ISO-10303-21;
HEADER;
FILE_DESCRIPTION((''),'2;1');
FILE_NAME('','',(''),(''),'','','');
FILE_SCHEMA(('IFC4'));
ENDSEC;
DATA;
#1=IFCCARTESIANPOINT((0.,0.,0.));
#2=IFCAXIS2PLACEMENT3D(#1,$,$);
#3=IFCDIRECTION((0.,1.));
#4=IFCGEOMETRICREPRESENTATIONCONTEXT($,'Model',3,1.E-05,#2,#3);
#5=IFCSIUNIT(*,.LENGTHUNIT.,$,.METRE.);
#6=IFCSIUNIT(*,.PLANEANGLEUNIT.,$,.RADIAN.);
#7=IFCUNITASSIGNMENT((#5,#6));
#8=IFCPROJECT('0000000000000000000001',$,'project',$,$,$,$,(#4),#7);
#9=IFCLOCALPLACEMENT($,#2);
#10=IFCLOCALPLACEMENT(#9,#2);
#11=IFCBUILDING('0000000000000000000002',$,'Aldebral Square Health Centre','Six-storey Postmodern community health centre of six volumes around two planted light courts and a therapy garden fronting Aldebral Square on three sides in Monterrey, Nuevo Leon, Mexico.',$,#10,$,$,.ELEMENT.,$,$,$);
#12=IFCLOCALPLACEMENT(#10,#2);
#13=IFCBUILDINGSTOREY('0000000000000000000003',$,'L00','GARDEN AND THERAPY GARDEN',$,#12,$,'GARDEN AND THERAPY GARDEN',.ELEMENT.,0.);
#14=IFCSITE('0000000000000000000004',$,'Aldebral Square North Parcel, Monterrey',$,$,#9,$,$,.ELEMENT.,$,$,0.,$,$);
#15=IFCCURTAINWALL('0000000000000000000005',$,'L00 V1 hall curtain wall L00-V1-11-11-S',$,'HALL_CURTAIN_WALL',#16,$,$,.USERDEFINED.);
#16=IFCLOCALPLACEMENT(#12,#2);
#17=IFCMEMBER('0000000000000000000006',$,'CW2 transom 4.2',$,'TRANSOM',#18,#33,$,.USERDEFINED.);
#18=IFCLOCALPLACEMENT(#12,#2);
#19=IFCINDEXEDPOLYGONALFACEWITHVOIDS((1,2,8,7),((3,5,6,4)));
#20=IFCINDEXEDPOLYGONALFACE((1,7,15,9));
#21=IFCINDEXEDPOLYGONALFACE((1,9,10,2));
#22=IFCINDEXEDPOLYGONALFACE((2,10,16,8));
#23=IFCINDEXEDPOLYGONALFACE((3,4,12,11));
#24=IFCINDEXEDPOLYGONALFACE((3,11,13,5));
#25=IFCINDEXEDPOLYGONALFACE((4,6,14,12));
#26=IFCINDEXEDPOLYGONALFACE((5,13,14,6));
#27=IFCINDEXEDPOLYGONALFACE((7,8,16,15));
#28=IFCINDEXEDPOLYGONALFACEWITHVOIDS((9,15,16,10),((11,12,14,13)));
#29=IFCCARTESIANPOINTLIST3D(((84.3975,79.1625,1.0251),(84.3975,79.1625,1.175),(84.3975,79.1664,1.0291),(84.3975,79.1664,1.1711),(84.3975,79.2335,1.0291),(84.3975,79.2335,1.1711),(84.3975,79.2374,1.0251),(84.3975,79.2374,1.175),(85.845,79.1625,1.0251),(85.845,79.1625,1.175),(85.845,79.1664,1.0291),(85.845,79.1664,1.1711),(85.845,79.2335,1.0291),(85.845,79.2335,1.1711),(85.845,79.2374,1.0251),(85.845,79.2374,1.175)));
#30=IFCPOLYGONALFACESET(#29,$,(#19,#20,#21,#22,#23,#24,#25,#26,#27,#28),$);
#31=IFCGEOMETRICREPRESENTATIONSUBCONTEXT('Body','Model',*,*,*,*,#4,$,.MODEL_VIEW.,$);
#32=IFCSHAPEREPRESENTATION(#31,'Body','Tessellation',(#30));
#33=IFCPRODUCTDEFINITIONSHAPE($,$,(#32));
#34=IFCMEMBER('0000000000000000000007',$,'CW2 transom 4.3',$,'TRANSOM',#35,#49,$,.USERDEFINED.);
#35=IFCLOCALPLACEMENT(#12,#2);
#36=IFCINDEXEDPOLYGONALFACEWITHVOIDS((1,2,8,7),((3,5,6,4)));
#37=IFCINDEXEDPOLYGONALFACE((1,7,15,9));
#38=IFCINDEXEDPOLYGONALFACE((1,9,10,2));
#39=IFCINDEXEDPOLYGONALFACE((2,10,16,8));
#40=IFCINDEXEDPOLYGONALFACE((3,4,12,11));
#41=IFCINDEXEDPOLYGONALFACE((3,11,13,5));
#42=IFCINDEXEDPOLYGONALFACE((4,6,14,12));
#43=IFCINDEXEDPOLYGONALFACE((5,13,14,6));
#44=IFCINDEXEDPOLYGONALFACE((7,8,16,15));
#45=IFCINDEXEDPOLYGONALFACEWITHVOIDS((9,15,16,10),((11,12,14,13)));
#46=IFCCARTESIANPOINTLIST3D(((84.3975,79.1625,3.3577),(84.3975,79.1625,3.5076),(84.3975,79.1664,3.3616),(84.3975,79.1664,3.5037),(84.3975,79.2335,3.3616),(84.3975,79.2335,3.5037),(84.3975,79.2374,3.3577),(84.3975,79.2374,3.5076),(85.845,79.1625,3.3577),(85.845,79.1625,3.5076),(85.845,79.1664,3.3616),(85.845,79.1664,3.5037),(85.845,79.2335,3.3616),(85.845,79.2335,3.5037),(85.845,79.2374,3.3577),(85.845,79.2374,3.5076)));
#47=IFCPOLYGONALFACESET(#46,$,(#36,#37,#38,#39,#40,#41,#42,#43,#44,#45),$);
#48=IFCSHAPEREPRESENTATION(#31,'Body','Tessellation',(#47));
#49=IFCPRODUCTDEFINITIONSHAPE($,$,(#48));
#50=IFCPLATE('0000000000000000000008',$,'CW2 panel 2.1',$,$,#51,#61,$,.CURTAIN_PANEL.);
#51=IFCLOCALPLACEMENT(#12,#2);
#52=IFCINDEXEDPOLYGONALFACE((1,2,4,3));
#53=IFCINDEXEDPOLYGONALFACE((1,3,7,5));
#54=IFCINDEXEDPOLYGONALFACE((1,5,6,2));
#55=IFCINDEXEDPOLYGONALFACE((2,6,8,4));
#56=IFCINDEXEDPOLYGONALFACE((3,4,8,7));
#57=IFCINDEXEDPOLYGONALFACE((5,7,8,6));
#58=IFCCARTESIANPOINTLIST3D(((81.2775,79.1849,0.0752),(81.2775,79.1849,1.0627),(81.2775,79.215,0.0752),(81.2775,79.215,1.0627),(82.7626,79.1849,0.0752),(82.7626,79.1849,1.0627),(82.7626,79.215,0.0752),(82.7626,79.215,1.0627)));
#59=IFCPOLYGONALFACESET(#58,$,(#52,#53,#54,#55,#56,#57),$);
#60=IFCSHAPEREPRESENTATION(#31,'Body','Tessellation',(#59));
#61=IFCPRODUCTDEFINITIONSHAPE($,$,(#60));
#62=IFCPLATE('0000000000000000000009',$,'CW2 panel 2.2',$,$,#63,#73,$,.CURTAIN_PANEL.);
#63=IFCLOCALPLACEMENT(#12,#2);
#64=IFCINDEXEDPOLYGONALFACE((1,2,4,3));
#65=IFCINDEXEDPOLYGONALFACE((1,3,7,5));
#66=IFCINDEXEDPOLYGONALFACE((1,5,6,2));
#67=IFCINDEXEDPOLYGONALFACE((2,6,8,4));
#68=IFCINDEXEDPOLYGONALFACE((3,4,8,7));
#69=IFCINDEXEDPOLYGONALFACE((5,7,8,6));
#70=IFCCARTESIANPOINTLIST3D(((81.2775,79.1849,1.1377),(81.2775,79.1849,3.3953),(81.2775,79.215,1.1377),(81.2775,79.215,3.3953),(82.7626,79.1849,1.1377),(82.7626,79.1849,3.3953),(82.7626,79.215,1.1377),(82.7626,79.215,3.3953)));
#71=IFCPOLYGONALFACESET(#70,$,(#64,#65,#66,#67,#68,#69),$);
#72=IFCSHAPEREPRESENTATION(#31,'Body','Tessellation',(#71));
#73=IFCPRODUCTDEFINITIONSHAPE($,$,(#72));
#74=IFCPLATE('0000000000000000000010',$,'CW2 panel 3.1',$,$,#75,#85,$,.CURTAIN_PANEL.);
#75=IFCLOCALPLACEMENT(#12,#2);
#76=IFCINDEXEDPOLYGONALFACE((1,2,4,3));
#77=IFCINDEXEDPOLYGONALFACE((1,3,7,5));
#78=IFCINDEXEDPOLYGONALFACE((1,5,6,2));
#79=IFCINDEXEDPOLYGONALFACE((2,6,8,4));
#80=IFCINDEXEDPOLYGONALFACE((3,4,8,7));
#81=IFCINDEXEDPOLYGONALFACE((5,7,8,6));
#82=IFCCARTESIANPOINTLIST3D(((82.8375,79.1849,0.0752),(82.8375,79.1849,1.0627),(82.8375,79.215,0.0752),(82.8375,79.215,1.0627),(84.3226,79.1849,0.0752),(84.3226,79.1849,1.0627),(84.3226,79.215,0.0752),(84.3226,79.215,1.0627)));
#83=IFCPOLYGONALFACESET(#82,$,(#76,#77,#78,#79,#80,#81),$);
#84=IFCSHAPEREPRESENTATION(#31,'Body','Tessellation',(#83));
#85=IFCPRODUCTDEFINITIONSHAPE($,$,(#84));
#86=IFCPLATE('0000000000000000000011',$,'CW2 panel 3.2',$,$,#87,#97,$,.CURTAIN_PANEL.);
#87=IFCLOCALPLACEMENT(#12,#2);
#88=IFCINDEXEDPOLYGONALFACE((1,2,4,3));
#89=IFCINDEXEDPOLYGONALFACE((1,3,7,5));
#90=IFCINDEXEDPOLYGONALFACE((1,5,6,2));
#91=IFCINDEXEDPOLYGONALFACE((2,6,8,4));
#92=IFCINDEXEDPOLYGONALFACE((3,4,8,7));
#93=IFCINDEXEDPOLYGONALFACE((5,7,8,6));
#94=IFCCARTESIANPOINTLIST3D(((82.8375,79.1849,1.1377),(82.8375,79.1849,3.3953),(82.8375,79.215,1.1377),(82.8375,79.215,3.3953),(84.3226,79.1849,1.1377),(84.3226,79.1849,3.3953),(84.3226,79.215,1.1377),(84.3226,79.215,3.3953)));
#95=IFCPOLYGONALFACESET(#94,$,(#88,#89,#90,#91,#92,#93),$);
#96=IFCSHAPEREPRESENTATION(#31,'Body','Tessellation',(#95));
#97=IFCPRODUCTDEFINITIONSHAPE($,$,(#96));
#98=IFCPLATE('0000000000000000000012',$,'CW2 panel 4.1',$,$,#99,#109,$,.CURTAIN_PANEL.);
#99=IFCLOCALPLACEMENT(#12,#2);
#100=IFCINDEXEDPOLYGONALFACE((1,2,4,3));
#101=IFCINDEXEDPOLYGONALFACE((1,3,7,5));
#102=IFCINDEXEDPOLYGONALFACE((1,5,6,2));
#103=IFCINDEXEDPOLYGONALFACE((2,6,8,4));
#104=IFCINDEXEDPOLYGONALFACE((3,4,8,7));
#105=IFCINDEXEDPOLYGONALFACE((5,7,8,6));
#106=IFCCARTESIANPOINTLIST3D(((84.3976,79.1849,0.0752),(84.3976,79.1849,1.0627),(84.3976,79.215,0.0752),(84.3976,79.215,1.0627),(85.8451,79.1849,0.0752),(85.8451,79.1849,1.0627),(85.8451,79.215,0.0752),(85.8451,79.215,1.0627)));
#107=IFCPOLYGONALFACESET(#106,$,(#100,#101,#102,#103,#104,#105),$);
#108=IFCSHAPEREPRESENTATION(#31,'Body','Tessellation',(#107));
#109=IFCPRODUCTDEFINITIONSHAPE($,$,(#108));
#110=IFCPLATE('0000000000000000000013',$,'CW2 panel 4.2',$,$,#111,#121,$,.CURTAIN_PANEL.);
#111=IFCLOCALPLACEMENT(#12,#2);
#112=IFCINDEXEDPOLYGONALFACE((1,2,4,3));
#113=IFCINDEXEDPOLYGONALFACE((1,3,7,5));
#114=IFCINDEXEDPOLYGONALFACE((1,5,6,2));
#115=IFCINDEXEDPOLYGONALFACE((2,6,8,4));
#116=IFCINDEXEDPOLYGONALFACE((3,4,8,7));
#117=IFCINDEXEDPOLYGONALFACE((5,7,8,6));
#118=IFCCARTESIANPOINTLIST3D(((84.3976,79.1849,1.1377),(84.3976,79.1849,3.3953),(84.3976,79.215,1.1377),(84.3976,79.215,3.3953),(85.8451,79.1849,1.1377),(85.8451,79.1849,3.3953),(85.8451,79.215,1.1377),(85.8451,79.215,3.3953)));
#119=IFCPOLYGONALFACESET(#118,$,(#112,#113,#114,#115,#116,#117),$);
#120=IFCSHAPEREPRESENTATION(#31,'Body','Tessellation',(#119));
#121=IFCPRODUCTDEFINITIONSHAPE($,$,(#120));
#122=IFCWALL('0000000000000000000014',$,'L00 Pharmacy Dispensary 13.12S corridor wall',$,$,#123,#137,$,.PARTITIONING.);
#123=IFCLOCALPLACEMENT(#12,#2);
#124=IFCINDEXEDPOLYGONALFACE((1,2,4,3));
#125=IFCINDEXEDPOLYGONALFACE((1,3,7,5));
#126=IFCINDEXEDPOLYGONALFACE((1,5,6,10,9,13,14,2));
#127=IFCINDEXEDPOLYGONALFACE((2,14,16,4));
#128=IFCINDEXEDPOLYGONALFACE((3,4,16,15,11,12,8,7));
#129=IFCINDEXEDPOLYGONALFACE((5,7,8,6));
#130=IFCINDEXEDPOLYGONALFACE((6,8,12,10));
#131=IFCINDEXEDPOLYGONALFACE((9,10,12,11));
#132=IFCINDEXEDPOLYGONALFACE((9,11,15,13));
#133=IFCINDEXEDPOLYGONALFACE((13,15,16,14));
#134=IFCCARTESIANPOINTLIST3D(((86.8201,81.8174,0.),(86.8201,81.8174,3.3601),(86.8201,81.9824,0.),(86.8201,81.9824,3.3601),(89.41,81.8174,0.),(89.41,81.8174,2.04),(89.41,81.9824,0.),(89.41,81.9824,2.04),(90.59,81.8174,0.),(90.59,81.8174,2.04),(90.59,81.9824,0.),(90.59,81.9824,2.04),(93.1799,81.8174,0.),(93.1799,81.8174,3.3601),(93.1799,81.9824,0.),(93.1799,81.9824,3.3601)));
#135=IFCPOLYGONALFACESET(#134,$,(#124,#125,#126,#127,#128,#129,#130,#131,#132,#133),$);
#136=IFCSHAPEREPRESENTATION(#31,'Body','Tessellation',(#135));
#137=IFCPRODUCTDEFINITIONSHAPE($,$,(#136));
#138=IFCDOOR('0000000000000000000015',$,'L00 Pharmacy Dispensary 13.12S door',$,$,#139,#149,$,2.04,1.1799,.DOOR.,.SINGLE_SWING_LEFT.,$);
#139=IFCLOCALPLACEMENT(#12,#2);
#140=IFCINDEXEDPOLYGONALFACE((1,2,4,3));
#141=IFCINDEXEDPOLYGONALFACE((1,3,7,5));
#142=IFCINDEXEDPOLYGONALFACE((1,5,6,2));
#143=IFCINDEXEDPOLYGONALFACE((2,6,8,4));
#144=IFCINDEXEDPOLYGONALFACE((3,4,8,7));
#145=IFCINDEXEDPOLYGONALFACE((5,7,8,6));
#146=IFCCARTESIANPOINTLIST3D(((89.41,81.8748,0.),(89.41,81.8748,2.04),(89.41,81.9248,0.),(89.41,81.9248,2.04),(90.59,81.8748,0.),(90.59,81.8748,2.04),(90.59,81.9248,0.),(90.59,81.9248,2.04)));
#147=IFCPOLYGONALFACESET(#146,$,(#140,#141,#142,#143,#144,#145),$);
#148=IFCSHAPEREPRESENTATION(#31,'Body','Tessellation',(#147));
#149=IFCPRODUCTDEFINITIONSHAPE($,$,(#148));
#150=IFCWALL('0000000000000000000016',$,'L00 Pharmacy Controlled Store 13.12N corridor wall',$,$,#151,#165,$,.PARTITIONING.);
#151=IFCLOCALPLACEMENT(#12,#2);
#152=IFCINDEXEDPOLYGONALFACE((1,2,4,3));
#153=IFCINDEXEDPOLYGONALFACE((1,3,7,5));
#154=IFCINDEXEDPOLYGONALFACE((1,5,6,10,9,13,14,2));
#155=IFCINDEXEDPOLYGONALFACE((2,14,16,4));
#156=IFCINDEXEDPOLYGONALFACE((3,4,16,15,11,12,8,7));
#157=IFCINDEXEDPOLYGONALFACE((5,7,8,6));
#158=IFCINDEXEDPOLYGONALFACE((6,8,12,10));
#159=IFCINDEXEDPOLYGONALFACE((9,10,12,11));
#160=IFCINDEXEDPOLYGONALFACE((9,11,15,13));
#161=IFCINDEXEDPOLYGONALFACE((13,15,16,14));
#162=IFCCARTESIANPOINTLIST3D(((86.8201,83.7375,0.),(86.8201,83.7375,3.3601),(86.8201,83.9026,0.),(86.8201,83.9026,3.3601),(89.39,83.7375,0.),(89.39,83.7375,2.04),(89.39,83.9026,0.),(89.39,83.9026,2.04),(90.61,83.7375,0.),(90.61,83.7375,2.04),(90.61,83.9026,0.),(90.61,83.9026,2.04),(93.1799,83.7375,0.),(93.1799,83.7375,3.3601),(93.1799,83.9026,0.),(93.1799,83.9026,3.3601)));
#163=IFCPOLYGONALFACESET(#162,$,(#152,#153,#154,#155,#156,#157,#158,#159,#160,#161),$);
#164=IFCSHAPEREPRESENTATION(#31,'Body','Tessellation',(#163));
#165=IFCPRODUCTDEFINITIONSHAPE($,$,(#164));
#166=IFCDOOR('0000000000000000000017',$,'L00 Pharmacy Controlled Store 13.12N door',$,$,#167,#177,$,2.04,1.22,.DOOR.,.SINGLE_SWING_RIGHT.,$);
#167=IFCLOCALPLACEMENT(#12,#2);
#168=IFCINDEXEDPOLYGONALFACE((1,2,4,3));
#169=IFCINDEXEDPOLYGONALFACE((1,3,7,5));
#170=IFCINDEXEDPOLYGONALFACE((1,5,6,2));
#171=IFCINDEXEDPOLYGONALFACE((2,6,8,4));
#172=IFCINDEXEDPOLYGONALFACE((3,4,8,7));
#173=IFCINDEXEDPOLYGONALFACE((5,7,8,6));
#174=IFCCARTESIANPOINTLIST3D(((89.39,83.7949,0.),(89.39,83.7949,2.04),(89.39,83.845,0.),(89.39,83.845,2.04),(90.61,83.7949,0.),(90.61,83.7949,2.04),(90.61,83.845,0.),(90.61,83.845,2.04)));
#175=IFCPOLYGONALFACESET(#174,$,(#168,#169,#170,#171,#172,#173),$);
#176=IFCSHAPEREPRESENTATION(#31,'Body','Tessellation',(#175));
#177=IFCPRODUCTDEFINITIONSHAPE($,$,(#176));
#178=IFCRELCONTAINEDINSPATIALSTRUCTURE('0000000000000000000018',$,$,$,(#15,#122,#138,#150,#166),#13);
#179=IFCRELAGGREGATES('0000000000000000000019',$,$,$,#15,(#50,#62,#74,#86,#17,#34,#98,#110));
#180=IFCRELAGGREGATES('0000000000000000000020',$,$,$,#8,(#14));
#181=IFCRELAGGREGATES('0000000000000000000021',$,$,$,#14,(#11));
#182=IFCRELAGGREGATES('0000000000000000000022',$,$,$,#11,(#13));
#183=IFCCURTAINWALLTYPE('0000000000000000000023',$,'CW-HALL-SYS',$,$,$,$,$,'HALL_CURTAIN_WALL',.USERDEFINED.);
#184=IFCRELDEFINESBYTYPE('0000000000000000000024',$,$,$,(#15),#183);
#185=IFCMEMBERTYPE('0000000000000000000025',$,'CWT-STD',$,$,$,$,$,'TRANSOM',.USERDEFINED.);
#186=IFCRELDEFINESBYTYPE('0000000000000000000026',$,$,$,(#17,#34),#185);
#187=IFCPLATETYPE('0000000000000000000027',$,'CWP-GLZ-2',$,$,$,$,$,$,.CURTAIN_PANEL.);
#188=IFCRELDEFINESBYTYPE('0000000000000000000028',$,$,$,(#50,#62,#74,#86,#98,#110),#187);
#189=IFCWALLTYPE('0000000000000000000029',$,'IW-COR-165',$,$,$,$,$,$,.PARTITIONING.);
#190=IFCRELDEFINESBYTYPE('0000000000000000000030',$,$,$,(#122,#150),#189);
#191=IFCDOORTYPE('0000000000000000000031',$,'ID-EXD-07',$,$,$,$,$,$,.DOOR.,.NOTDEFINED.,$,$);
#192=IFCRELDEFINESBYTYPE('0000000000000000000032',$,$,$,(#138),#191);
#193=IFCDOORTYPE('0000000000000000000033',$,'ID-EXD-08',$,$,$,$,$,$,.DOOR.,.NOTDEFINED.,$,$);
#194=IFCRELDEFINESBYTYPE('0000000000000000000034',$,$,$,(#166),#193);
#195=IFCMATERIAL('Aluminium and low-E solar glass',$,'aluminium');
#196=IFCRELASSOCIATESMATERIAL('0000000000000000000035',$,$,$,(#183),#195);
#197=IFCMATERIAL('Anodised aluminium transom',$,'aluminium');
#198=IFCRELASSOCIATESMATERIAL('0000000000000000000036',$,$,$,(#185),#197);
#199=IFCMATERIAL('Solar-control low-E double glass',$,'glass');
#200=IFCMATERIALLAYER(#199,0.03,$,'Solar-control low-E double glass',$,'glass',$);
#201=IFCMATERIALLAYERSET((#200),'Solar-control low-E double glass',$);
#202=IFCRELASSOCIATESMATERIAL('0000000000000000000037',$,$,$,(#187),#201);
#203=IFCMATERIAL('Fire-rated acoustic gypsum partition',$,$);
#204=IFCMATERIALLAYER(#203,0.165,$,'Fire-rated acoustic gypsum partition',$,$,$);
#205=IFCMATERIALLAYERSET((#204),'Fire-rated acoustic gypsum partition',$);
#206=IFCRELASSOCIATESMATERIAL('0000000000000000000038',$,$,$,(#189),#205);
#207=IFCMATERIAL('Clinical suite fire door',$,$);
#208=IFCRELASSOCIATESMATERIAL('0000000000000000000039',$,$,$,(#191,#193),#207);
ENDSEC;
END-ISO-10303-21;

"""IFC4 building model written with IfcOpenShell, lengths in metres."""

from ifc_helpers import new_model, si_unit, direction, frame, frame_2d, origin, origin_2d, place, context, subcontext, project, spatial, rectangle, hollow_rectangle, extrude, material, layer, layer_set, material_profile, profile_set, type_object, element, fill, aggregate, save


model = new_model("IFC4")

# Units and contexts
model_context = context("Model", 3, precision=1e-05, world=origin(), true_north=direction((0.0, 1.0)))
body_context = subcontext(model_context, "Body", "Model", "MODEL_VIEW")
ifc_project = project(units=[si_unit("LENGTHUNIT", "METRE"), si_unit("PLANEANGLEUNIT", "RADIAN")], contexts=[model_context])

# Site, building, storey
site_placement = place(None, origin())
site = spatial("IfcSite", under=ifc_project, at=site_placement, Name="Aldebral Square North Parcel, Monterrey", CompositionType="ELEMENT", RefElevation=0.0)
building_placement = place(site_placement, origin())
building = spatial("IfcBuilding", under=site, at=building_placement, Name="Aldebral Square Health Centre", Description="Six-storey Postmodern community health centre of six volumes around two planted light courts and a therapy garden fronting Aldebral Square on three sides in Monterrey, Nuevo Leon, Mexico.", CompositionType="ELEMENT")
storey_placement = place(building_placement, origin())
storey = spatial("IfcBuildingStorey", under=building, at=storey_placement, Name="L00", Description="GARDEN AND THERAPY GARDEN", LongName="GARDEN AND THERAPY GARDEN", CompositionType="ELEMENT", Elevation=0.0)

# Curtain wall
ifc_material_1 = material(Name="Aluminium and low-E solar glass", Category="aluminium")
curtain_wall_type = type_object("IfcCurtainWallType", Name="CW-HALL-SYS", ElementType="HALL_CURTAIN_WALL", PredefinedType="USERDEFINED", material=ifc_material_1)
curtain_wall_1_placement = place(storey_placement, origin())
curtain_wall_1 = element("IfcCurtainWall", 1, at=curtain_wall_1_placement, inside=storey, type_object=curtain_wall_type, Name="L00 V1 hall curtain wall L00-V1-11-11-S", ObjectType="HALL_CURTAIN_WALL", PredefinedType="USERDEFINED")

# Members
ifc_material_2 = material(Name="Anodised aluminium transom", Category="aluminium")
ifc_material_profile_1 = material_profile(ifc_material_2, hollow_rectangle(XDim=0.075, YDim=0.1499, WallThickness=0.0039, at=origin_2d()), Name="CWT 75x150x4")
ifc_profile_set_1 = profile_set([ifc_material_profile_1], Name="Anodised aluminium transom")
member_type_1 = type_object("IfcMemberType", Name="CWT-STD", ElementType="TRANSOM", PredefinedType="USERDEFINED", material=ifc_profile_set_1)
member_1_placement = place(storey_placement, frame((84.3975, 79.2, 1.1001), z_axis=(1.0, 0.0, 0.0), x_axis=(0.0, 1.0, 0.0)))
member_1 = element("IfcMember", 2, at=member_1_placement, type_object=member_type_1, Name="CW2 transom 4.2", ObjectType="TRANSOM", PredefinedType="USERDEFINED", context=body_context, shape_type="SweptSolid", body=[
    extrude(hollow_rectangle(XDim=0.075, YDim=0.1499, WallThickness=0.0039, at=origin_2d()), origin(), (0.0, 0.0, 1.0), 1.4475),
])
member_2_placement = place(storey_placement, frame((84.3975, 79.2, 3.4326), z_axis=(1.0, 0.0, 0.0), x_axis=(0.0, 1.0, 0.0)))
member_2 = element("IfcMember", 3, at=member_2_placement, type_object=member_type_1, Name="CW2 transom 4.3", ObjectType="TRANSOM", PredefinedType="USERDEFINED", context=body_context, shape_type="SweptSolid", body=[
    extrude(hollow_rectangle(XDim=0.075, YDim=0.1499, WallThickness=0.0039, at=origin_2d()), origin(), (0.0, 0.0, 1.0), 1.4475),
])

# Plates
ifc_material_3 = material(Name="Solar-control low-E double glass", Category="glass")
ifc_layer_1 = layer(ifc_material_3, 0.03, Name="Solar-control low-E double glass", Category="glass")
ifc_layer_set_1 = layer_set([ifc_layer_1], Name="Solar-control low-E double glass")
plate_type = type_object("IfcPlateType", Name="CWP-GLZ-2", PredefinedType="CURTAIN_PANEL", material=ifc_layer_set_1)
plate_1_placement = place(storey_placement, frame((82.02, 79.2, 0.0752), z_axis=(0.0, 0.0, 1.0), x_axis=(1.0, 0.0, 0.0)))
plate_1 = element("IfcPlate", 4, at=plate_1_placement, type_object=plate_type, Name="CW2 panel 2.1", PredefinedType="CURTAIN_PANEL", context=body_context, shape_type="SweptSolid", body=[
    extrude(rectangle(XDim=1.4851, YDim=0.03, at=origin_2d()), origin(), (0.0, 0.0, 1.0), 0.9875),
])
plate_2_placement = place(storey_placement, frame((82.02, 79.2, 1.1377), z_axis=(0.0, 0.0, 1.0), x_axis=(1.0, 0.0, 0.0)))
plate_2 = element("IfcPlate", 5, at=plate_2_placement, type_object=plate_type, Name="CW2 panel 2.2", PredefinedType="CURTAIN_PANEL", context=body_context, shape_type="SweptSolid", body=[
    extrude(rectangle(XDim=1.4851, YDim=0.03, at=origin_2d()), origin(), (0.0, 0.0, 1.0), 2.2576),
])
plate_3_placement = place(storey_placement, frame((83.5801, 79.2, 0.0752), z_axis=(0.0, 0.0, 1.0), x_axis=(1.0, 0.0, 0.0)))
plate_3 = element("IfcPlate", 6, at=plate_3_placement, type_object=plate_type, Name="CW2 panel 3.1", PredefinedType="CURTAIN_PANEL", context=body_context, shape_type="SweptSolid", body=[
    extrude(rectangle(XDim=1.4851, YDim=0.03, at=origin_2d()), origin(), (0.0, 0.0, 1.0), 0.9875),
])
plate_4_placement = place(storey_placement, frame((83.5801, 79.2, 1.1377), z_axis=(0.0, 0.0, 1.0), x_axis=(1.0, 0.0, 0.0)))
plate_4 = element("IfcPlate", 7, at=plate_4_placement, type_object=plate_type, Name="CW2 panel 3.2", PredefinedType="CURTAIN_PANEL", context=body_context, shape_type="SweptSolid", body=[
    extrude(rectangle(XDim=1.4851, YDim=0.03, at=origin_2d()), origin(), (0.0, 0.0, 1.0), 2.2576),
])
plate_5_placement = place(storey_placement, frame((85.1213, 79.2, 0.0752), z_axis=(0.0, 0.0, 1.0), x_axis=(1.0, 0.0, 0.0)))
plate_5 = element("IfcPlate", 8, at=plate_5_placement, type_object=plate_type, Name="CW2 panel 4.1", PredefinedType="CURTAIN_PANEL", context=body_context, shape_type="SweptSolid", body=[
    extrude(rectangle(XDim=1.4475, YDim=0.03, at=origin_2d()), origin(), (0.0, 0.0, 1.0), 0.9875),
])
plate_6_placement = place(storey_placement, frame((85.1213, 79.2, 1.1377), z_axis=(0.0, 0.0, 1.0), x_axis=(1.0, 0.0, 0.0)))
plate_6 = element("IfcPlate", 9, at=plate_6_placement, type_object=plate_type, Name="CW2 panel 4.2", PredefinedType="CURTAIN_PANEL", context=body_context, shape_type="SweptSolid", body=[
    extrude(rectangle(XDim=1.4475, YDim=0.03, at=origin_2d()), origin(), (0.0, 0.0, 1.0), 2.2576),
])
aggregate(curtain_wall_1, [plate_1, plate_2, plate_3, plate_4, member_1, member_2, plate_5, plate_6])

# Walls, openings, doors
ifc_material_4 = material(Name="Fire-rated acoustic gypsum partition")
ifc_layer_2 = layer(ifc_material_4, 0.165, Name="Fire-rated acoustic gypsum partition")
ifc_layer_set_2 = layer_set([ifc_layer_2], Name="Fire-rated acoustic gypsum partition")
wall_type_1 = type_object("IfcWallType", Name="IW-COR-165", PredefinedType="PARTITIONING", material=ifc_layer_set_2)
wall_1_placement = place(storey_placement, frame((86.8201, 81.8999, 0.0), z_axis=(0.0, 0.0, 1.0), x_axis=(1.0, 0.0, 0.0)))
wall_1 = element("IfcWall", 10, at=wall_1_placement, inside=storey, type_object=wall_type_1, Name="L00 Pharmacy Dispensary 13.12S corridor wall", PredefinedType="PARTITIONING", context=body_context, shape_type="SweptSolid", body=[
    extrude(rectangle(XDim=6.3599, YDim=0.165, at=frame_2d((3.1799, 0.0))), origin(), (0.0, 0.0, 1.0), 3.3601),
])
opening_1_placement = place(wall_1_placement, frame((2.5901, 0.0, 0.0)))
opening_1 = element("IfcOpeningElement", 11, at=opening_1_placement, cuts=wall_1, PredefinedType="OPENING", context=body_context, shape_type="SweptSolid", body=[
    extrude(rectangle(XDim=1.1799, YDim=2.04, at=frame_2d((0.5898, 1.02))), frame((0.0, 0.0925, 0.0), z_axis=(0.0, -1.0, 0.0), x_axis=(1.0, 0.0, 0.0)), (0.0, 0.0, 1.0), 0.1851),
])
ifc_material_5 = material(Name="Clinical suite fire door")
door_type_1 = type_object("IfcDoorType", Name="ID-EXD-07", OperationType="NOTDEFINED", PredefinedType="DOOR", material=ifc_material_5)
door_1_placement = place(opening_1_placement, origin())
door_1 = element("IfcDoor", 12, at=door_1_placement, inside=storey, type_object=door_type_1, Name="L00 Pharmacy Dispensary 13.12S door", OperationType="SINGLE_SWING_LEFT", OverallHeight=2.04, OverallWidth=1.1799, PredefinedType="DOOR", context=body_context, shape_type="SweptSolid", body=[
    extrude(rectangle(XDim=1.1799, YDim=2.04, at=frame_2d((0.5898, 1.02))), frame((0.0, 0.0249, 0.0), z_axis=(0.0, -1.0, 0.0), x_axis=(1.0, 0.0, 0.0)), (0.0, 0.0, 1.0), 0.05),
])
fill(opening_1, door_1)
wall_2_placement = place(storey_placement, frame((86.8201, 83.8201, 0.0), z_axis=(0.0, 0.0, 1.0), x_axis=(1.0, 0.0, 0.0)))
wall_2 = element("IfcWall", 13, at=wall_2_placement, inside=storey, type_object=wall_type_1, Name="L00 Pharmacy Controlled Store 13.12N corridor wall", PredefinedType="PARTITIONING", context=body_context, shape_type="SweptSolid", body=[
    extrude(rectangle(XDim=6.3599, YDim=0.165, at=frame_2d((3.1799, 0.0))), origin(), (0.0, 0.0, 1.0), 3.3601),
])
opening_2_placement = place(wall_2_placement, frame((2.5701, 0.0, 0.0)))
opening_2 = element("IfcOpeningElement", 14, at=opening_2_placement, cuts=wall_2, PredefinedType="OPENING", context=body_context, shape_type="SweptSolid", body=[
    extrude(rectangle(XDim=1.22, YDim=2.04, at=frame_2d((0.6099, 1.02))), frame((0.0, 0.0925, 0.0), z_axis=(0.0, -1.0, 0.0), x_axis=(1.0, 0.0, 0.0)), (0.0, 0.0, 1.0), 0.1851),
])
door_type_2 = type_object("IfcDoorType", Name="ID-EXD-08", OperationType="NOTDEFINED", PredefinedType="DOOR", material=ifc_material_5)
door_2_placement = place(opening_2_placement, origin())
door_2 = element("IfcDoor", 15, at=door_2_placement, inside=storey, type_object=door_type_2, Name="L00 Pharmacy Controlled Store 13.12N door", OperationType="SINGLE_SWING_RIGHT", OverallHeight=2.04, OverallWidth=1.22, PredefinedType="DOOR", context=body_context, shape_type="SweptSolid", body=[
    extrude(rectangle(XDim=1.22, YDim=2.04, at=frame_2d((0.6099, 1.02))), frame((0.0, 0.0249, 0.0), z_axis=(0.0, -1.0, 0.0), x_axis=(1.0, 0.0, 0.0)), (0.0, 0.0, 1.0), 0.05),
])
fill(opening_2, door_2)

save(model, "model.ifc")
